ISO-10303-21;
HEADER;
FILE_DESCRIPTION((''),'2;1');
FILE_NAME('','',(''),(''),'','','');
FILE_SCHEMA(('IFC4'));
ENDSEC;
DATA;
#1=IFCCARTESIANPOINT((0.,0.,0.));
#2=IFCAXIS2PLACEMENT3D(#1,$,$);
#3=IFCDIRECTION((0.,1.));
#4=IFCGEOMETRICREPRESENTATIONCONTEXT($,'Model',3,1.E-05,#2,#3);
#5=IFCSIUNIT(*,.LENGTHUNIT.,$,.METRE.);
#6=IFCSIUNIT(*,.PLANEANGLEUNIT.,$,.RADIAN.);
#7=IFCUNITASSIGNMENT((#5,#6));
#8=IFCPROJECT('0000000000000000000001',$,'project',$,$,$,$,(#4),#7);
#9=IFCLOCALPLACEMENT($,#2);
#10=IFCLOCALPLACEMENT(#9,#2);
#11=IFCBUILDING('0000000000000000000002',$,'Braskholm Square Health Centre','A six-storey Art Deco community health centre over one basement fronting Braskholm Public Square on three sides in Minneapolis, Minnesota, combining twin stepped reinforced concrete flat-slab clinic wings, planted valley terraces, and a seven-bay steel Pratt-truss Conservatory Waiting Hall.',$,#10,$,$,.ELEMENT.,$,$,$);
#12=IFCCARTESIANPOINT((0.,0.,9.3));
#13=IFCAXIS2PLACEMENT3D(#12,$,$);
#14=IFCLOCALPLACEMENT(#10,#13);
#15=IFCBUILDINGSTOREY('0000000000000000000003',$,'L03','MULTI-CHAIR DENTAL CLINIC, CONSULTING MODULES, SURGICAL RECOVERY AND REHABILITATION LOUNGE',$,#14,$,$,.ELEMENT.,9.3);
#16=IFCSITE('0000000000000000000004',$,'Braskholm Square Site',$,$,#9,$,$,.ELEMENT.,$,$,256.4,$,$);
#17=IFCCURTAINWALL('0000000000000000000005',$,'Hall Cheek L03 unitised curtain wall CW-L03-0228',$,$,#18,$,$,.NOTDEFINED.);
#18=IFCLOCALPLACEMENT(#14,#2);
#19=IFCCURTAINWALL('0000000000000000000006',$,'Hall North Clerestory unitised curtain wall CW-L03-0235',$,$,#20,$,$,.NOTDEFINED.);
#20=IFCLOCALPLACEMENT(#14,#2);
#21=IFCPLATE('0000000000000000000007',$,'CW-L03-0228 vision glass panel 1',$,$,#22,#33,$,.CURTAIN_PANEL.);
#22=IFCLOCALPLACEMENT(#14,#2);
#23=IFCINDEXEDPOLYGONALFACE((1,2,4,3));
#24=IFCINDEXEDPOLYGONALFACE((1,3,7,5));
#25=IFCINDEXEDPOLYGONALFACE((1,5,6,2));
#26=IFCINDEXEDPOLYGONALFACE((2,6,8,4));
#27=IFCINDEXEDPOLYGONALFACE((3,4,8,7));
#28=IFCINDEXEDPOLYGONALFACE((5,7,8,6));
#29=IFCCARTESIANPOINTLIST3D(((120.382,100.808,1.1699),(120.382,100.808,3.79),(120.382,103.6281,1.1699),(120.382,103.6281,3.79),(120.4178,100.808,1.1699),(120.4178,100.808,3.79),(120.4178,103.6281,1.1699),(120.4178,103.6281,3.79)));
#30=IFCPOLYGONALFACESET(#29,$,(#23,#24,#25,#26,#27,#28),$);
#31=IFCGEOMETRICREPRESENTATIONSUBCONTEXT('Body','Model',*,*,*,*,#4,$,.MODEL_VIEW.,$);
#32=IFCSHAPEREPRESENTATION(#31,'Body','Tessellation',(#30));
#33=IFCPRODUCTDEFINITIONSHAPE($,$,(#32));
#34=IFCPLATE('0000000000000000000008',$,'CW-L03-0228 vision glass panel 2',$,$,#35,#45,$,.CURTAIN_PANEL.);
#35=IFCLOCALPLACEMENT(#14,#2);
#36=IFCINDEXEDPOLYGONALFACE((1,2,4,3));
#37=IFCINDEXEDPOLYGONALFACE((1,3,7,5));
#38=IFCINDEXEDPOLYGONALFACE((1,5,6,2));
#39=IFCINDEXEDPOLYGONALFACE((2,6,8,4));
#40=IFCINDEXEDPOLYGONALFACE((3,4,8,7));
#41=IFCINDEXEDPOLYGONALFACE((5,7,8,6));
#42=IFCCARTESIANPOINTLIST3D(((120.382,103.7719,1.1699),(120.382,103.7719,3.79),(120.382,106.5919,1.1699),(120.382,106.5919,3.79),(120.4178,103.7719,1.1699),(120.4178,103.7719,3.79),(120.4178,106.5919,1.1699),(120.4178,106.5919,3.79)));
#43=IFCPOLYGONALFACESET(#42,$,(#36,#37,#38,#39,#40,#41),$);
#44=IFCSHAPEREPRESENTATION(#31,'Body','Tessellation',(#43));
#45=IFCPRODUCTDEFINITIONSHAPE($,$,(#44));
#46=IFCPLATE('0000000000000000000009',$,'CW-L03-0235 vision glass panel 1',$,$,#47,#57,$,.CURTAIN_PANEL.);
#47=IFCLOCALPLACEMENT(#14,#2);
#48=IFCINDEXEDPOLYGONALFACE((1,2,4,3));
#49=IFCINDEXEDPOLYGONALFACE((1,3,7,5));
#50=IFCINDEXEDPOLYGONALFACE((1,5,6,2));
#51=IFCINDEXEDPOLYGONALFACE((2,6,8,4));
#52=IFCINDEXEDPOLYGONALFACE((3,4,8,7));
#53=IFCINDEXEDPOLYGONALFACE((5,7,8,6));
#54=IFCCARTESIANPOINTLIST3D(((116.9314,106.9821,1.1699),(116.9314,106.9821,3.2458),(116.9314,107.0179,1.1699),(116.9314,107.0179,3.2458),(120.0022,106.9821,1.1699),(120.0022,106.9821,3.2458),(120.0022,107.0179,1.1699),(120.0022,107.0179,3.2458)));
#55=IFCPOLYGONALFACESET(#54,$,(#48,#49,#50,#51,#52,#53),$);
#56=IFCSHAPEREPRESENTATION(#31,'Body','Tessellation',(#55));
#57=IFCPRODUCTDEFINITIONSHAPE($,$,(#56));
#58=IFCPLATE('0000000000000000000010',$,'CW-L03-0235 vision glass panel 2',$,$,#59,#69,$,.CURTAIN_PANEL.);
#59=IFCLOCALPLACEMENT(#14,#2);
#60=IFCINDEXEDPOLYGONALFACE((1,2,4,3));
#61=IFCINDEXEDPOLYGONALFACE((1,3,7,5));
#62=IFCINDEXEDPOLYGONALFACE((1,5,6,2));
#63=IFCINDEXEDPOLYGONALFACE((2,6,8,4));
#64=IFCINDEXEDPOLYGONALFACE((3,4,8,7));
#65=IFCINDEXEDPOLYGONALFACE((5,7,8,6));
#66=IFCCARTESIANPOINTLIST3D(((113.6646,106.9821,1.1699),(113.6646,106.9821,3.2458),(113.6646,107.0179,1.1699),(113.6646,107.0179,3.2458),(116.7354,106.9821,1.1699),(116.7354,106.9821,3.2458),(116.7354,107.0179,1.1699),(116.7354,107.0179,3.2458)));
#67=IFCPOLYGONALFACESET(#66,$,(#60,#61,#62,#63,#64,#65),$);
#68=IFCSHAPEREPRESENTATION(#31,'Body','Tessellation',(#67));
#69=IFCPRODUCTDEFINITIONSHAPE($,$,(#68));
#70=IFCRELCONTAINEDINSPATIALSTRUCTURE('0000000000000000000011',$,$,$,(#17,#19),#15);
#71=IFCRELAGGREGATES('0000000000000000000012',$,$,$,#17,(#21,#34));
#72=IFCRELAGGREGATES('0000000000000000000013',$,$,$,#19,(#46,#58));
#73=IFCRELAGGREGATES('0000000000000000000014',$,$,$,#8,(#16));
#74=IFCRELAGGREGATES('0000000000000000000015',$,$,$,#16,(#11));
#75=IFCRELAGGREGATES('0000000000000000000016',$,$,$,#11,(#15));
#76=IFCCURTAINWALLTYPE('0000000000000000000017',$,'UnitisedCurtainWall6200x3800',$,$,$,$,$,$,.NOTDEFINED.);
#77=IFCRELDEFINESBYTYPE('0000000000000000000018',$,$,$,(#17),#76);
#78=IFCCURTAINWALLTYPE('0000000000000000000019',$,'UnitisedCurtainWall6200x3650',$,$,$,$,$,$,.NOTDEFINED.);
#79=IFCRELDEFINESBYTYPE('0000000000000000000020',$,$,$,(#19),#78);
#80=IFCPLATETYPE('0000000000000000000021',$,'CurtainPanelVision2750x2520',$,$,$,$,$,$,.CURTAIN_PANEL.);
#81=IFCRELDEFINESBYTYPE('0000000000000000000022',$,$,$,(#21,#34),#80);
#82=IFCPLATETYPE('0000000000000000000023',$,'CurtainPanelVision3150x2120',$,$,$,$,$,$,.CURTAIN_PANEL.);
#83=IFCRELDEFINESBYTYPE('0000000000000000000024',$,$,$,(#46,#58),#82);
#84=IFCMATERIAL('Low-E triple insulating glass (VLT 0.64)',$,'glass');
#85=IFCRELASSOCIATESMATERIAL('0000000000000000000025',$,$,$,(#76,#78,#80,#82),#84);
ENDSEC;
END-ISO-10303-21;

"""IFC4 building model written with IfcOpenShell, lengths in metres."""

from ifc_helpers import new_model, si_unit, direction, frame, origin, origin_2d, place, context, subcontext, project, spatial, rectangle, extrude, material, type_object, element, aggregate, save


model = new_model("IFC4")

# Units and contexts
model_context = context("Model", 3, precision=1e-05, world=origin(), true_north=direction((0.0, 1.0)))
body_context = subcontext(model_context, "Body", "Model", "MODEL_VIEW")
ifc_project = project(units=[si_unit("LENGTHUNIT", "METRE"), si_unit("PLANEANGLEUNIT", "RADIAN")], contexts=[model_context])

# Site, building, storey
site_placement = place(None, origin())
site = spatial("IfcSite", under=ifc_project, at=site_placement, Name="Braskholm Square Site", CompositionType="ELEMENT", RefElevation=256.4)
building_placement = place(site_placement, origin())
building = spatial("IfcBuilding", under=site, at=building_placement, Name="Braskholm Square Health Centre", Description="A six-storey Art Deco community health centre over one basement fronting Braskholm Public Square on three sides in Minneapolis, Minnesota, combining twin stepped reinforced concrete flat-slab clinic wings, planted valley terraces, and a seven-bay steel Pratt-truss Conservatory Waiting Hall.", CompositionType="ELEMENT")
storey_placement = place(building_placement, frame((0.0, 0.0, 9.3)))
storey = spatial("IfcBuildingStorey", under=building, at=storey_placement, Name="L03", Description="MULTI-CHAIR DENTAL CLINIC, CONSULTING MODULES, SURGICAL RECOVERY AND REHABILITATION LOUNGE", CompositionType="ELEMENT", Elevation=9.3)

# Curtain walls
ifc_material_1 = material(Name="Low-E triple insulating glass (VLT 0.64)", Category="glass")
curtain_wall_type_1 = type_object("IfcCurtainWallType", Name="UnitisedCurtainWall6200x3800", PredefinedType="NOTDEFINED", material=ifc_material_1)
curtain_wall_1_placement = place(storey_placement, origin())
curtain_wall_1 = element("IfcCurtainWall", 1, at=curtain_wall_1_placement, inside=storey, type_object=curtain_wall_type_1, Name="Hall Cheek L03 unitised curtain wall CW-L03-0228", PredefinedType="NOTDEFINED")
curtain_wall_type_2 = type_object("IfcCurtainWallType", Name="UnitisedCurtainWall6200x3650", PredefinedType="NOTDEFINED", material=ifc_material_1)
curtain_wall_2_placement = place(storey_placement, origin())
curtain_wall_2 = element("IfcCurtainWall", 2, at=curtain_wall_2_placement, inside=storey, type_object=curtain_wall_type_2, Name="Hall North Clerestory unitised curtain wall CW-L03-0235", PredefinedType="NOTDEFINED")

# Plates
plate_type_1 = type_object("IfcPlateType", Name="CurtainPanelVision2750x2520", PredefinedType="CURTAIN_PANEL", material=ifc_material_1)
plate_1_placement = place(storey_placement, frame((120.3999, 102.218, 1.1699), z_axis=(0.0, 0.0, 1.0), x_axis=(0.0, 1.0, 0.0)))
plate_1 = element("IfcPlate", 3, at=plate_1_placement, type_object=plate_type_1, Name="CW-L03-0228 vision glass panel 1", PredefinedType="CURTAIN_PANEL", context=body_context, shape_type="SweptSolid", body=[
    extrude(rectangle(XDim=2.8201, YDim=0.0359, at=origin_2d()), origin(), (0.0, 0.0, 1.0), 2.6201),
])
plate_2_placement = place(storey_placement, frame((120.3999, 105.1819, 1.1699), z_axis=(0.0, 0.0, 1.0), x_axis=(0.0, 1.0, 0.0)))
plate_2 = element("IfcPlate", 4, at=plate_2_placement, type_object=plate_type_1, Name="CW-L03-0228 vision glass panel 2", PredefinedType="CURTAIN_PANEL", context=body_context, shape_type="SweptSolid", body=[
    extrude(rectangle(XDim=2.8201, YDim=0.0359, at=origin_2d()), origin(), (0.0, 0.0, 1.0), 2.6201),
])
aggregate(curtain_wall_1, [plate_1, plate_2])
plate_type_2 = type_object("IfcPlateType", Name="CurtainPanelVision3150x2120", PredefinedType="CURTAIN_PANEL", material=ifc_material_1)
plate_3_placement = place(storey_placement, frame((118.4668, 107.0, 1.1699), z_axis=(0.0, 0.0, 1.0), x_axis=(-1.0, 0.0, 0.0)))
plate_3 = element("IfcPlate", 5, at=plate_3_placement, type_object=plate_type_2, Name="CW-L03-0235 vision glass panel 1", PredefinedType="CURTAIN_PANEL", context=body_context, shape_type="SweptSolid", body=[
    extrude(rectangle(XDim=3.0708, YDim=0.0359, at=origin_2d()), origin(), (0.0, 0.0, 1.0), 2.0759),
])
plate_4_placement = place(storey_placement, frame((115.2, 107.0, 1.1699), z_axis=(0.0, 0.0, 1.0), x_axis=(-1.0, 0.0, 0.0)))
plate_4 = element("IfcPlate", 6, at=plate_4_placement, type_object=plate_type_2, Name="CW-L03-0235 vision glass panel 2", PredefinedType="CURTAIN_PANEL", context=body_context, shape_type="SweptSolid", body=[
    extrude(rectangle(XDim=3.0708, YDim=0.0359, at=origin_2d()), origin(), (0.0, 0.0, 1.0), 2.0759),
])
aggregate(curtain_wall_2, [plate_3, plate_4])

save(model, "model.ifc")
